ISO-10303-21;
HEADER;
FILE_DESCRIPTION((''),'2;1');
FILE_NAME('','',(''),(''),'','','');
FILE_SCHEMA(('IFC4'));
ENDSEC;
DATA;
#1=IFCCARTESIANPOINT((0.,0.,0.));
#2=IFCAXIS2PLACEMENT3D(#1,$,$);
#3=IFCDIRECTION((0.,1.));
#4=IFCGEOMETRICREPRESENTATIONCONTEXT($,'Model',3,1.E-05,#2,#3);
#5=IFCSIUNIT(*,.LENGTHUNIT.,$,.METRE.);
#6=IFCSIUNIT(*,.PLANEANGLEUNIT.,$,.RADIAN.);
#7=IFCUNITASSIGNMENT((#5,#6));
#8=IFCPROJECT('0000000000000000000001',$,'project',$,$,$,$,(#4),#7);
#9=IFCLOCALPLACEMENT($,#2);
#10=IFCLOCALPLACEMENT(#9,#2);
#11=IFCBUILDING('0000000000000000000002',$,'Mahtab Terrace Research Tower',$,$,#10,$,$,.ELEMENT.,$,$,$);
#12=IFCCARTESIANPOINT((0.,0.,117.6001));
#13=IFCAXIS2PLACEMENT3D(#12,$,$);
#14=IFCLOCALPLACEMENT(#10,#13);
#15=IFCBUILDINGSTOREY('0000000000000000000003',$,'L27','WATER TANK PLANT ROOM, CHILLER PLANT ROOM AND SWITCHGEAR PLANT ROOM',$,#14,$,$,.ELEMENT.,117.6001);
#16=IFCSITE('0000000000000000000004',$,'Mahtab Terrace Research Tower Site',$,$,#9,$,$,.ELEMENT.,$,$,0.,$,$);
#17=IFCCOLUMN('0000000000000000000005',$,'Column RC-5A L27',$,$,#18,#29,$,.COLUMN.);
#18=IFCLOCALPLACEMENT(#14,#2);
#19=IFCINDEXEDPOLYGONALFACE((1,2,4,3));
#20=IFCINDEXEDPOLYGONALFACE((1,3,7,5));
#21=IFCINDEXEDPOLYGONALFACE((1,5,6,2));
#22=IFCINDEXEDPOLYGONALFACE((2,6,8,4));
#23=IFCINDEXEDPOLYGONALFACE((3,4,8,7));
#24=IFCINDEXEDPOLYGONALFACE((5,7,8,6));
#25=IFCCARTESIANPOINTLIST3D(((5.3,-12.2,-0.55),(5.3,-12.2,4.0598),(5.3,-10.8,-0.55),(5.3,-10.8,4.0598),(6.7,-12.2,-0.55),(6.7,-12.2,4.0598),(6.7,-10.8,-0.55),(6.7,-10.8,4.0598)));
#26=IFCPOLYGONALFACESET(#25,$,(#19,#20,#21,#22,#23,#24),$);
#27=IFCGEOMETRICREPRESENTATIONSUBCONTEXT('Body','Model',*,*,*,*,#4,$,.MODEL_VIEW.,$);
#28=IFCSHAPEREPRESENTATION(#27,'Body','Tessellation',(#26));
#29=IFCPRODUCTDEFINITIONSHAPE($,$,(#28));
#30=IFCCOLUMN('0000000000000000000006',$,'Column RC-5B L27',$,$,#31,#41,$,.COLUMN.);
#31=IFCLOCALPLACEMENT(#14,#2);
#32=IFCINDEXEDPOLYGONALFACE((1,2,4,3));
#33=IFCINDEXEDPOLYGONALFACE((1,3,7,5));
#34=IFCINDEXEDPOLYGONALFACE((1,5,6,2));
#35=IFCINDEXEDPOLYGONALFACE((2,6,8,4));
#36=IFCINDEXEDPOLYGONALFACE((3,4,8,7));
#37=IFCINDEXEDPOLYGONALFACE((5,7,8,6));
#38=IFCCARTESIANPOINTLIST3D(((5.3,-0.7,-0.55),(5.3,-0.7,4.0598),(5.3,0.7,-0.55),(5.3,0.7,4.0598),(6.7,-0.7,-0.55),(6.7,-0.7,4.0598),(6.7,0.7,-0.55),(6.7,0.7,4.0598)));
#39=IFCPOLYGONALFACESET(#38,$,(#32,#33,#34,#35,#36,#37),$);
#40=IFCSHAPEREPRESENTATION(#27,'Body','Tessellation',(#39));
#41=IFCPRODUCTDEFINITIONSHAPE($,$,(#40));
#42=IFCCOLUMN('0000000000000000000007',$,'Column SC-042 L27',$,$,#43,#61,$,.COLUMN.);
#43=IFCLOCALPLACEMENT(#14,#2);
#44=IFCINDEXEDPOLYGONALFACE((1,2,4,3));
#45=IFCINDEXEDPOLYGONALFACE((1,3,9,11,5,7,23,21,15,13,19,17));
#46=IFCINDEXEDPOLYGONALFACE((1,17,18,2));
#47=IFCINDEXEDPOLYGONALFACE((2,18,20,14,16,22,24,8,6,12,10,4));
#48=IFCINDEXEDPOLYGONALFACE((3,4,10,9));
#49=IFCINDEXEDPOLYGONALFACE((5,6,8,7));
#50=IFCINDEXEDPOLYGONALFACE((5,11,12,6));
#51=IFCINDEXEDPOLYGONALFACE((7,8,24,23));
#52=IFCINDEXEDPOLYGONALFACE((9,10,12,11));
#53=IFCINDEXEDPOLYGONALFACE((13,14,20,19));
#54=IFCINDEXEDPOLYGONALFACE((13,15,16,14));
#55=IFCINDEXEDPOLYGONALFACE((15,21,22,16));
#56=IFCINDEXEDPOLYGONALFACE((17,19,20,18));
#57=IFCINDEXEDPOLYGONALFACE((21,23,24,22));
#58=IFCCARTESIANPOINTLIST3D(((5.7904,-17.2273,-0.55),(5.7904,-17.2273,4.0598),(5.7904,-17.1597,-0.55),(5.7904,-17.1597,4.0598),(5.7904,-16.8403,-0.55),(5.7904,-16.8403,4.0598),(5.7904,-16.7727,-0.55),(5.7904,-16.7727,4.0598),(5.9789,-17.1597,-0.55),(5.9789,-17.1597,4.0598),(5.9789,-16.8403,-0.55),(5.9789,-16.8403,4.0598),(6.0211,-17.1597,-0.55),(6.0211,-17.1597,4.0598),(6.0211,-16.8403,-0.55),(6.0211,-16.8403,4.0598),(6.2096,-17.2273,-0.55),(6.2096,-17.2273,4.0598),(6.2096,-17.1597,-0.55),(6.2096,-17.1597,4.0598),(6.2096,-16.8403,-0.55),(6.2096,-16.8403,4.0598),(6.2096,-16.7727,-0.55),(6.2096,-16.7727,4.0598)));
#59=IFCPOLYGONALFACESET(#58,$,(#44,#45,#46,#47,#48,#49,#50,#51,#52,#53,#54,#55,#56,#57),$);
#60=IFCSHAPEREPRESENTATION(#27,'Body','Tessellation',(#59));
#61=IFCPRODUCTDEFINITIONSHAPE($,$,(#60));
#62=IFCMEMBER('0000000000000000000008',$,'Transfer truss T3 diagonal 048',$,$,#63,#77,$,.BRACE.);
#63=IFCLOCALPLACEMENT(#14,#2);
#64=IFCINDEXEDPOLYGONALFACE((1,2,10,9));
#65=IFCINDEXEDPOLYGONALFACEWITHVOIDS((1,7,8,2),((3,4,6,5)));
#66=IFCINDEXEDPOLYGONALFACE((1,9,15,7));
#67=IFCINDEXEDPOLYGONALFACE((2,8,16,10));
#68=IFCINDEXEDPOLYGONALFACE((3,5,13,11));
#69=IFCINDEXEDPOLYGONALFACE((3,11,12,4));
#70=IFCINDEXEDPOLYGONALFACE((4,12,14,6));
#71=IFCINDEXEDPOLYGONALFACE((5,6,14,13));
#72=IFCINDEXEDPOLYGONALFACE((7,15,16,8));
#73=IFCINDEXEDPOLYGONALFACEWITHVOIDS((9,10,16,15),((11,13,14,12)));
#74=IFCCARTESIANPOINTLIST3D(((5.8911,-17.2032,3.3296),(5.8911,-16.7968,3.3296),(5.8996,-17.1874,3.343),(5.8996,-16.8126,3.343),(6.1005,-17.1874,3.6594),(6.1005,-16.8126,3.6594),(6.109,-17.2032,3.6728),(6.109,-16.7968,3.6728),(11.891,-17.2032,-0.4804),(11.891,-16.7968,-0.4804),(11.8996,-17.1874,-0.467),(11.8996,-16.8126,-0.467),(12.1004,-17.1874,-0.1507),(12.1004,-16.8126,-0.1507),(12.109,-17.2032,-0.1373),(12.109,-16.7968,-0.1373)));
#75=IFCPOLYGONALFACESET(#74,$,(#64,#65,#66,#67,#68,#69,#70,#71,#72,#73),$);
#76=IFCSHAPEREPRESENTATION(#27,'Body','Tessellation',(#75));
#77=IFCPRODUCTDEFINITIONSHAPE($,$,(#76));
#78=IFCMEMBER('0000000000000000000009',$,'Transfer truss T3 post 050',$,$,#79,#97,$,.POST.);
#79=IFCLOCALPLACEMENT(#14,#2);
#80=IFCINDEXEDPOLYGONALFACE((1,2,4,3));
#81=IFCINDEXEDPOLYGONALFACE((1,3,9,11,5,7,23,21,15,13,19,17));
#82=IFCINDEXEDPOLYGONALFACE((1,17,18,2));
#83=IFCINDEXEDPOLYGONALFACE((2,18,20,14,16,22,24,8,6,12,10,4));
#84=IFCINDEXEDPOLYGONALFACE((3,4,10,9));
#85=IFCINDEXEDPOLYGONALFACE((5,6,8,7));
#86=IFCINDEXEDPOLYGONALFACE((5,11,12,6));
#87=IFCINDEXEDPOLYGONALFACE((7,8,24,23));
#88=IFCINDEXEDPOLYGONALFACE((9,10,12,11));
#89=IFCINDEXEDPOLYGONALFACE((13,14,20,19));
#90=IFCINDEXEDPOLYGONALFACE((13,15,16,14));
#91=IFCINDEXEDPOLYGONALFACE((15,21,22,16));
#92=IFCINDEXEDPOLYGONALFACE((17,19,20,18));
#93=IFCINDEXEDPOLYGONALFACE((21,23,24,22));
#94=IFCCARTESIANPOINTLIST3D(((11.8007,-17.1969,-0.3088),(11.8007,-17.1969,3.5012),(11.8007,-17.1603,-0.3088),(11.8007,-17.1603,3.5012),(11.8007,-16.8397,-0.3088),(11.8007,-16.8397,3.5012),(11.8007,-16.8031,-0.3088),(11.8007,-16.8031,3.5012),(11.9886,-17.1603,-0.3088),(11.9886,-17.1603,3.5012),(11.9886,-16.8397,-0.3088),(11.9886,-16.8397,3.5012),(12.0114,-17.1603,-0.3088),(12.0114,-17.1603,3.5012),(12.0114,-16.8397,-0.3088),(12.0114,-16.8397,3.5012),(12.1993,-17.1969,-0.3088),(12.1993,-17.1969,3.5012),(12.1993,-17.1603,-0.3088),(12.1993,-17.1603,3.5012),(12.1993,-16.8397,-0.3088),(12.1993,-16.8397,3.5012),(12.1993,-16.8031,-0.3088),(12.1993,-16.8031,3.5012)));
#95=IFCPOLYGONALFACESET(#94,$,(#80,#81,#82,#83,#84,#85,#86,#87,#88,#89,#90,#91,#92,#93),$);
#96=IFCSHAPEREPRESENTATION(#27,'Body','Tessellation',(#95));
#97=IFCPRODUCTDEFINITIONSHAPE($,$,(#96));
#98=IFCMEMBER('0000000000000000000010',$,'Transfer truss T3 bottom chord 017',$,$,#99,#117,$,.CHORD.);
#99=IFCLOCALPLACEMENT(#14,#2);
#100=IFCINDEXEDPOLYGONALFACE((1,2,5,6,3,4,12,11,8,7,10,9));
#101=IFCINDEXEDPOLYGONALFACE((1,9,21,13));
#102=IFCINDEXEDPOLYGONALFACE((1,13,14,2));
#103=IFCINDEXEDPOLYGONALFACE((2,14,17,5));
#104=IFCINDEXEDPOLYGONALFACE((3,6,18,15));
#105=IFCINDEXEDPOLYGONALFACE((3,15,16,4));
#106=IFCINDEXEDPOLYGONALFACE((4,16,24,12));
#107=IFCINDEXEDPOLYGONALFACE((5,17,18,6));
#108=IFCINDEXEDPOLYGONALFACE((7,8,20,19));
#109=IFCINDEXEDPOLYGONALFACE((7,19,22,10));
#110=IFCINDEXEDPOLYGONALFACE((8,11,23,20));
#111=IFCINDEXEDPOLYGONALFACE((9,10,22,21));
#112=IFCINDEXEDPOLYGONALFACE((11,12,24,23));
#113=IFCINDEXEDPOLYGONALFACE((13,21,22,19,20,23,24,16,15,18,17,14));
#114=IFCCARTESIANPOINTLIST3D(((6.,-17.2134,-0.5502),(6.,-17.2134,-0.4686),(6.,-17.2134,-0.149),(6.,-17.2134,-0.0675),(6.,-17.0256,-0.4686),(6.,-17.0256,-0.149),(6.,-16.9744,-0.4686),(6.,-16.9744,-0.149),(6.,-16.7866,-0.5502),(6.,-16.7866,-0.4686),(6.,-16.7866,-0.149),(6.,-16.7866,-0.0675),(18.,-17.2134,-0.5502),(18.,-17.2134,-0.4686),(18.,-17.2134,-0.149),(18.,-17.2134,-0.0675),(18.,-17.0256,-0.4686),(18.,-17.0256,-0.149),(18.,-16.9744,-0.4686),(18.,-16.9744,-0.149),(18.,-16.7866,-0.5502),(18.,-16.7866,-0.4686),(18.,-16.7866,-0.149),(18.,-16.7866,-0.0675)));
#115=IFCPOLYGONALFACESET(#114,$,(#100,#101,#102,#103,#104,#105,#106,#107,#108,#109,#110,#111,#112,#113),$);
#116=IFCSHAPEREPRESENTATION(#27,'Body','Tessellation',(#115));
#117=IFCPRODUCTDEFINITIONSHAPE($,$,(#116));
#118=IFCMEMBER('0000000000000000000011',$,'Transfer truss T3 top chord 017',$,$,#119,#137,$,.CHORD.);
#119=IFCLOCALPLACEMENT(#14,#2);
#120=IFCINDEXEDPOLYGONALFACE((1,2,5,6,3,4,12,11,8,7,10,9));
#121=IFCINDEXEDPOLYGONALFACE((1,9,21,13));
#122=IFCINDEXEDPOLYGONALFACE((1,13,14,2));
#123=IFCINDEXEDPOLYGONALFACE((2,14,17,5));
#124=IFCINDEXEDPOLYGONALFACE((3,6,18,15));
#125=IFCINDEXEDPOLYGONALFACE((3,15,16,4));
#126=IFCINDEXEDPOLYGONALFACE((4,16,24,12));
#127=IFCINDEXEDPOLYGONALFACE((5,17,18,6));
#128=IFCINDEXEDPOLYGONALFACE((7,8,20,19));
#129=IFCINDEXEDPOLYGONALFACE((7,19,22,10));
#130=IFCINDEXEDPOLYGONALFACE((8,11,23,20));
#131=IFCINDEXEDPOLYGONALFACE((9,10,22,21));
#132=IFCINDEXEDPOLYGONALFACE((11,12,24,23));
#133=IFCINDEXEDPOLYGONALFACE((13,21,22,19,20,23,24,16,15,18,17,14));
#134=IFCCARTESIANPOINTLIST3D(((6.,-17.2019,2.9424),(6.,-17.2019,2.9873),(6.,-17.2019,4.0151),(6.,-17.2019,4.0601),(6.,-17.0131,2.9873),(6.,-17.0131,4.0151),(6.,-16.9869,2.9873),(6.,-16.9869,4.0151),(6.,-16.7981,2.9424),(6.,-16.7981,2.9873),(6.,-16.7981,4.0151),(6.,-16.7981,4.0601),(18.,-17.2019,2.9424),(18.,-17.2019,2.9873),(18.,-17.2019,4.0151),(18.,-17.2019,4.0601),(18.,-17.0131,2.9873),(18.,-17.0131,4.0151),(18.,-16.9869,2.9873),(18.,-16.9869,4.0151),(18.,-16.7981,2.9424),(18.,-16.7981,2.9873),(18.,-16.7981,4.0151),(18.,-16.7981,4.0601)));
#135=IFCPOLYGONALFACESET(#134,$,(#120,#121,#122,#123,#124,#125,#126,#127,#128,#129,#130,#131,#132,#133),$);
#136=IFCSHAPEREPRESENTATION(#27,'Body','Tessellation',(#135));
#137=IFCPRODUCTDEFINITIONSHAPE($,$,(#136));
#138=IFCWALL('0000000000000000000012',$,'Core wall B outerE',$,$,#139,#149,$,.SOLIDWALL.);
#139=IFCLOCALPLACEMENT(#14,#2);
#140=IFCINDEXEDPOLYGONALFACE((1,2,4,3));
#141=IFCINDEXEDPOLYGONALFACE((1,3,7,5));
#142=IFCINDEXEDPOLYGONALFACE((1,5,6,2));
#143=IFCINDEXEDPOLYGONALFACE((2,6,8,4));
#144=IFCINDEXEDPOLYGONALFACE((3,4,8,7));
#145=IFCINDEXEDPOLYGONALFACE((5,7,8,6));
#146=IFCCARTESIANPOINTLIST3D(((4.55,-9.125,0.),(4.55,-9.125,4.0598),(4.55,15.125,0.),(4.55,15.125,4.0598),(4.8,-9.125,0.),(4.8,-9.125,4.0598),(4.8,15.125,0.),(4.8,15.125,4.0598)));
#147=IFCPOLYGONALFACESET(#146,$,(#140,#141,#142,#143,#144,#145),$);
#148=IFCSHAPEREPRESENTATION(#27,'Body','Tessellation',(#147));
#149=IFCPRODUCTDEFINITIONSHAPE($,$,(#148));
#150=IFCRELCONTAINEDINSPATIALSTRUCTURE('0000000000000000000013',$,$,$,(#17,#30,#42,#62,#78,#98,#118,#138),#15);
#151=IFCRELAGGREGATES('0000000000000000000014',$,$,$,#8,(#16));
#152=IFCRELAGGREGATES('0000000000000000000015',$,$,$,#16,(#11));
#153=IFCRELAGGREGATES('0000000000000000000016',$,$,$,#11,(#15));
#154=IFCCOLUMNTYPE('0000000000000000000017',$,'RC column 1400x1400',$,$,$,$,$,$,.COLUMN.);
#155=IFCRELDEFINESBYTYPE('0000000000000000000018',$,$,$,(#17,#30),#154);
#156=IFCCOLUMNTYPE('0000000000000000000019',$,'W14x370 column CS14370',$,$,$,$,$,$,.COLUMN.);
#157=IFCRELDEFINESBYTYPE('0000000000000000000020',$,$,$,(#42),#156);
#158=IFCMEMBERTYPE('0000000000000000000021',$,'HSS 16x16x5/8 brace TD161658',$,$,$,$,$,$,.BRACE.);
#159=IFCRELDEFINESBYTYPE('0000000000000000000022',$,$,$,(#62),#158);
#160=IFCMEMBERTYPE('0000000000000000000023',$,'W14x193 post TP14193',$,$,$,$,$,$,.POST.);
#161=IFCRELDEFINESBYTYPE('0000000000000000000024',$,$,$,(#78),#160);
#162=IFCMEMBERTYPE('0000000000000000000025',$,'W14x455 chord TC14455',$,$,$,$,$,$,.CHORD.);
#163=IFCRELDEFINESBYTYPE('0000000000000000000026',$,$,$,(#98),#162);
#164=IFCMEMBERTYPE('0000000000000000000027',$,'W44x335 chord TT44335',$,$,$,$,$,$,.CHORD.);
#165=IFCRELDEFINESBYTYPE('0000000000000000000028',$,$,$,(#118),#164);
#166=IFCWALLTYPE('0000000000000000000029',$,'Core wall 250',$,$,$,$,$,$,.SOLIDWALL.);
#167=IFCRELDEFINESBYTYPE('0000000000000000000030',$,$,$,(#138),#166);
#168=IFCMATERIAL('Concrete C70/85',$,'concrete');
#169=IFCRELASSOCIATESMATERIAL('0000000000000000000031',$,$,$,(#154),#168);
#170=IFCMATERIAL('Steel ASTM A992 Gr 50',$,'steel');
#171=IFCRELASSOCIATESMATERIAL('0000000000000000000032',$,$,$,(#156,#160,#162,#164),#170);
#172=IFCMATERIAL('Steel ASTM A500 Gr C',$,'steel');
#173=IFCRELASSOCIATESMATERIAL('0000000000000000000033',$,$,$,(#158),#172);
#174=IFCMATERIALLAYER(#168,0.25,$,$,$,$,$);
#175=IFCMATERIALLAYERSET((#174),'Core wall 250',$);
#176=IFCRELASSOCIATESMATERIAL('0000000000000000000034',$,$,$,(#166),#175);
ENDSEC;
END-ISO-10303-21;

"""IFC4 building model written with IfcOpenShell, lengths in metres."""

from ifc_helpers import new_model, si_unit, direction, frame, frame_2d, origin, origin_2d, place, context, subcontext, project, spatial, rectangle, hollow_rectangle, i_section, extrude, material, layer, layer_set, material_profile, profile_set, type_object, element, save


model = new_model("IFC4")

# Units and contexts
model_context = context("Model", 3, precision=1e-05, world=origin(), true_north=direction((0.0, 1.0)))
body_context = subcontext(model_context, "Body", "Model", "MODEL_VIEW")
ifc_project = project(units=[si_unit("LENGTHUNIT", "METRE"), si_unit("PLANEANGLEUNIT", "RADIAN")], contexts=[model_context])

# Site, building, storey
site_placement = place(None, origin())
site = spatial("IfcSite", under=ifc_project, at=site_placement, Name="Mahtab Terrace Research Tower Site", CompositionType="ELEMENT", RefElevation=0.0)
building_placement = place(site_placement, origin())
building = spatial("IfcBuilding", under=site, at=building_placement, Name="Mahtab Terrace Research Tower", CompositionType="ELEMENT")
storey_placement = place(building_placement, frame((0.0, 0.0, 117.6001)))
storey = spatial("IfcBuildingStorey", under=building, at=storey_placement, Name="L27", Description="WATER TANK PLANT ROOM, CHILLER PLANT ROOM AND SWITCHGEAR PLANT ROOM", CompositionType="ELEMENT", Elevation=117.6001)

# Columns
ifc_material_1 = material(Name="Concrete C70/85", Category="concrete")
ifc_material_profile_1 = material_profile(ifc_material_1, rectangle(XDim=1.3999, YDim=1.3999, at=origin_2d()), Name="RC column 1400x1400")
ifc_profile_set_1 = profile_set([ifc_material_profile_1], Name="Concrete C70/85")
column_type_1 = type_object("IfcColumnType", Name="RC column 1400x1400", PredefinedType="COLUMN", material=ifc_profile_set_1)
for number, where, z_axis, x_axis, name in (
    (1, (6.0, -11.5, -0.55), (0.0, 0.0, 1.0), (1.0, 0.0, 0.0), "Column RC-5A L27"),
    (2, (6.0, 0.0, -0.55), (0.0, 0.0, 1.0), (1.0, 0.0, 0.0), "Column RC-5B L27"),
):
    element("IfcColumn", number, at=place(storey_placement, frame(where, z_axis=z_axis, x_axis=x_axis)), inside=storey, type_object=column_type_1, Name=name, PredefinedType="COLUMN", context=body_context, shape_type="SweptSolid", body=[
        extrude(rectangle(XDim=1.3999, YDim=1.3999, at=origin_2d()), origin(), (0.0, 0.0, 1.0), 4.6099),
    ])
ifc_material_2 = material(Name="Steel ASTM A992 Gr 50", Category="steel")
ifc_material_profile_2 = material_profile(ifc_material_2, i_section(OverallWidth=0.4192, OverallDepth=0.4546, WebThickness=0.0422, FlangeThickness=0.0676, at=origin_2d()), Name="W14X370")
ifc_profile_set_2 = profile_set([ifc_material_profile_2], Name="Steel ASTM A992 Gr 50")
column_type_2 = type_object("IfcColumnType", Name="W14x370 column CS14370", PredefinedType="COLUMN", material=ifc_profile_set_2)
column_placement = place(storey_placement, frame((6.0, -17.0, -0.55), z_axis=(0.0, 0.0, 1.0), x_axis=(1.0, 0.0, 0.0)))
element("IfcColumn", 3, at=column_placement, inside=storey, type_object=column_type_2, Name="Column SC-042 L27", PredefinedType="COLUMN", context=body_context, shape_type="SweptSolid", body=[
    extrude(i_section(OverallWidth=0.4192, OverallDepth=0.4546, WebThickness=0.0422, FlangeThickness=0.0676, at=origin_2d()), origin(), (0.0, 0.0, 1.0), 4.6099),
])

# Members
ifc_material_3 = material(Name="Steel ASTM A500 Gr C", Category="steel")
ifc_material_profile_3 = material_profile(ifc_material_3, hollow_rectangle(XDim=0.4065, YDim=0.4065, WallThickness=0.0159, at=origin_2d()), Name="HSS16X16X5/8")
ifc_profile_set_3 = profile_set([ifc_material_profile_3], Name="Steel ASTM A500 Gr C")
member_type_1 = type_object("IfcMemberType", Name="HSS 16x16x5/8 brace TD161658", PredefinedType="BRACE", material=ifc_profile_set_3)
member_1_placement = place(storey_placement, frame((12.0, -17.0, -0.3088), z_axis=(-0.844179, 0.0, 0.536062), x_axis=(0.0, -1.0, 0.0)))
element("IfcMember", 4, at=member_1_placement, inside=storey, type_object=member_type_1, Name="Transfer truss T3 diagonal 048", PredefinedType="BRACE", context=body_context, shape_type="SweptSolid", body=[
    extrude(hollow_rectangle(XDim=0.4065, YDim=0.4065, WallThickness=0.0159, at=origin_2d()), origin(), (0.0, 0.0, 1.0), 7.1074),
])
ifc_material_profile_4 = material_profile(ifc_material_2, i_section(OverallWidth=0.3987, OverallDepth=0.3938, WebThickness=0.0227, FlangeThickness=0.0366, at=origin_2d()), Name="W14X193")
ifc_profile_set_4 = profile_set([ifc_material_profile_4], Name="Steel ASTM A992 Gr 50")
member_type_2 = type_object("IfcMemberType", Name="W14x193 post TP14193", PredefinedType="POST", material=ifc_profile_set_4)
member_2_placement = place(storey_placement, frame((12.0, -17.0, -0.3088), z_axis=(0.0, 0.0, 1.0), x_axis=(1.0, 0.0, 0.0)))
element("IfcMember", 5, at=member_2_placement, inside=storey, type_object=member_type_2, Name="Transfer truss T3 post 050", PredefinedType="POST", context=body_context, shape_type="SweptSolid", body=[
    extrude(i_section(OverallWidth=0.3987, OverallDepth=0.3938, WebThickness=0.0227, FlangeThickness=0.0366, at=origin_2d()), origin(), (0.0, 0.0, 1.0), 3.8101),
])
ifc_material_profile_5 = material_profile(ifc_material_2, i_section(OverallWidth=0.4268, OverallDepth=0.4827, WebThickness=0.0513, FlangeThickness=0.0815, at=origin_2d()), Name="W14X455")
ifc_profile_set_5 = profile_set([ifc_material_profile_5], Name="Steel ASTM A992 Gr 50")
member_type_3 = type_object("IfcMemberType", Name="W14x455 chord TC14455", PredefinedType="CHORD", material=ifc_profile_set_5)
member_3_placement = place(storey_placement, frame((6.0, -17.0, -0.3088), z_axis=(1.0, 0.0, 0.0), x_axis=(0.0, 1.0, 0.0)))
element("IfcMember", 6, at=member_3_placement, inside=storey, type_object=member_type_3, Name="Transfer truss T3 bottom chord 017", PredefinedType="CHORD", context=body_context, shape_type="SweptSolid", body=[
    extrude(i_section(OverallWidth=0.4268, OverallDepth=0.4827, WebThickness=0.0513, FlangeThickness=0.0815, at=origin_2d()), origin(), (0.0, 0.0, 1.0), 12.0),
])
ifc_material_profile_6 = material_profile(ifc_material_2, i_section(OverallWidth=0.4038, OverallDepth=1.1177, WebThickness=0.0261, FlangeThickness=0.0449, at=origin_2d()), Name="W44X335")
ifc_profile_set_6 = profile_set([ifc_material_profile_6], Name="Steel ASTM A992 Gr 50")
member_type_4 = type_object("IfcMemberType", Name="W44x335 chord TT44335", PredefinedType="CHORD", material=ifc_profile_set_6)
member_4_placement = place(storey_placement, frame((6.0, -17.0, 3.5012), z_axis=(1.0, 0.0, 0.0), x_axis=(0.0, 1.0, 0.0)))
element("IfcMember", 7, at=member_4_placement, inside=storey, type_object=member_type_4, Name="Transfer truss T3 top chord 017", PredefinedType="CHORD", context=body_context, shape_type="SweptSolid", body=[
    extrude(i_section(OverallWidth=0.4038, OverallDepth=1.1177, WebThickness=0.0261, FlangeThickness=0.0449, at=origin_2d()), origin(), (0.0, 0.0, 1.0), 12.0),
])

# Wall
ifc_layer_1 = layer(ifc_material_1, 0.25)
ifc_layer_set_1 = layer_set([ifc_layer_1], Name="Core wall 250")
wall_type_1 = type_object("IfcWallType", Name="Core wall 250", PredefinedType="SOLIDWALL", material=ifc_layer_set_1)
wall_1_placement = place(storey_placement, frame((4.675, -9.125, 0.0), z_axis=(0.0, 0.0, 1.0), x_axis=(0.0, 1.0, 0.0)))
element("IfcWall", 8, at=wall_1_placement, inside=storey, type_object=wall_type_1, Name="Core wall B outerE", PredefinedType="SOLIDWALL", context=body_context, shape_type="SweptSolid", body=[
    extrude(rectangle(XDim=24.25, YDim=0.25, at=frame_2d((12.125, 0.0))), origin(), (0.0, 0.0, 1.0), 4.0598),
])

save(model, "model.ifc")
